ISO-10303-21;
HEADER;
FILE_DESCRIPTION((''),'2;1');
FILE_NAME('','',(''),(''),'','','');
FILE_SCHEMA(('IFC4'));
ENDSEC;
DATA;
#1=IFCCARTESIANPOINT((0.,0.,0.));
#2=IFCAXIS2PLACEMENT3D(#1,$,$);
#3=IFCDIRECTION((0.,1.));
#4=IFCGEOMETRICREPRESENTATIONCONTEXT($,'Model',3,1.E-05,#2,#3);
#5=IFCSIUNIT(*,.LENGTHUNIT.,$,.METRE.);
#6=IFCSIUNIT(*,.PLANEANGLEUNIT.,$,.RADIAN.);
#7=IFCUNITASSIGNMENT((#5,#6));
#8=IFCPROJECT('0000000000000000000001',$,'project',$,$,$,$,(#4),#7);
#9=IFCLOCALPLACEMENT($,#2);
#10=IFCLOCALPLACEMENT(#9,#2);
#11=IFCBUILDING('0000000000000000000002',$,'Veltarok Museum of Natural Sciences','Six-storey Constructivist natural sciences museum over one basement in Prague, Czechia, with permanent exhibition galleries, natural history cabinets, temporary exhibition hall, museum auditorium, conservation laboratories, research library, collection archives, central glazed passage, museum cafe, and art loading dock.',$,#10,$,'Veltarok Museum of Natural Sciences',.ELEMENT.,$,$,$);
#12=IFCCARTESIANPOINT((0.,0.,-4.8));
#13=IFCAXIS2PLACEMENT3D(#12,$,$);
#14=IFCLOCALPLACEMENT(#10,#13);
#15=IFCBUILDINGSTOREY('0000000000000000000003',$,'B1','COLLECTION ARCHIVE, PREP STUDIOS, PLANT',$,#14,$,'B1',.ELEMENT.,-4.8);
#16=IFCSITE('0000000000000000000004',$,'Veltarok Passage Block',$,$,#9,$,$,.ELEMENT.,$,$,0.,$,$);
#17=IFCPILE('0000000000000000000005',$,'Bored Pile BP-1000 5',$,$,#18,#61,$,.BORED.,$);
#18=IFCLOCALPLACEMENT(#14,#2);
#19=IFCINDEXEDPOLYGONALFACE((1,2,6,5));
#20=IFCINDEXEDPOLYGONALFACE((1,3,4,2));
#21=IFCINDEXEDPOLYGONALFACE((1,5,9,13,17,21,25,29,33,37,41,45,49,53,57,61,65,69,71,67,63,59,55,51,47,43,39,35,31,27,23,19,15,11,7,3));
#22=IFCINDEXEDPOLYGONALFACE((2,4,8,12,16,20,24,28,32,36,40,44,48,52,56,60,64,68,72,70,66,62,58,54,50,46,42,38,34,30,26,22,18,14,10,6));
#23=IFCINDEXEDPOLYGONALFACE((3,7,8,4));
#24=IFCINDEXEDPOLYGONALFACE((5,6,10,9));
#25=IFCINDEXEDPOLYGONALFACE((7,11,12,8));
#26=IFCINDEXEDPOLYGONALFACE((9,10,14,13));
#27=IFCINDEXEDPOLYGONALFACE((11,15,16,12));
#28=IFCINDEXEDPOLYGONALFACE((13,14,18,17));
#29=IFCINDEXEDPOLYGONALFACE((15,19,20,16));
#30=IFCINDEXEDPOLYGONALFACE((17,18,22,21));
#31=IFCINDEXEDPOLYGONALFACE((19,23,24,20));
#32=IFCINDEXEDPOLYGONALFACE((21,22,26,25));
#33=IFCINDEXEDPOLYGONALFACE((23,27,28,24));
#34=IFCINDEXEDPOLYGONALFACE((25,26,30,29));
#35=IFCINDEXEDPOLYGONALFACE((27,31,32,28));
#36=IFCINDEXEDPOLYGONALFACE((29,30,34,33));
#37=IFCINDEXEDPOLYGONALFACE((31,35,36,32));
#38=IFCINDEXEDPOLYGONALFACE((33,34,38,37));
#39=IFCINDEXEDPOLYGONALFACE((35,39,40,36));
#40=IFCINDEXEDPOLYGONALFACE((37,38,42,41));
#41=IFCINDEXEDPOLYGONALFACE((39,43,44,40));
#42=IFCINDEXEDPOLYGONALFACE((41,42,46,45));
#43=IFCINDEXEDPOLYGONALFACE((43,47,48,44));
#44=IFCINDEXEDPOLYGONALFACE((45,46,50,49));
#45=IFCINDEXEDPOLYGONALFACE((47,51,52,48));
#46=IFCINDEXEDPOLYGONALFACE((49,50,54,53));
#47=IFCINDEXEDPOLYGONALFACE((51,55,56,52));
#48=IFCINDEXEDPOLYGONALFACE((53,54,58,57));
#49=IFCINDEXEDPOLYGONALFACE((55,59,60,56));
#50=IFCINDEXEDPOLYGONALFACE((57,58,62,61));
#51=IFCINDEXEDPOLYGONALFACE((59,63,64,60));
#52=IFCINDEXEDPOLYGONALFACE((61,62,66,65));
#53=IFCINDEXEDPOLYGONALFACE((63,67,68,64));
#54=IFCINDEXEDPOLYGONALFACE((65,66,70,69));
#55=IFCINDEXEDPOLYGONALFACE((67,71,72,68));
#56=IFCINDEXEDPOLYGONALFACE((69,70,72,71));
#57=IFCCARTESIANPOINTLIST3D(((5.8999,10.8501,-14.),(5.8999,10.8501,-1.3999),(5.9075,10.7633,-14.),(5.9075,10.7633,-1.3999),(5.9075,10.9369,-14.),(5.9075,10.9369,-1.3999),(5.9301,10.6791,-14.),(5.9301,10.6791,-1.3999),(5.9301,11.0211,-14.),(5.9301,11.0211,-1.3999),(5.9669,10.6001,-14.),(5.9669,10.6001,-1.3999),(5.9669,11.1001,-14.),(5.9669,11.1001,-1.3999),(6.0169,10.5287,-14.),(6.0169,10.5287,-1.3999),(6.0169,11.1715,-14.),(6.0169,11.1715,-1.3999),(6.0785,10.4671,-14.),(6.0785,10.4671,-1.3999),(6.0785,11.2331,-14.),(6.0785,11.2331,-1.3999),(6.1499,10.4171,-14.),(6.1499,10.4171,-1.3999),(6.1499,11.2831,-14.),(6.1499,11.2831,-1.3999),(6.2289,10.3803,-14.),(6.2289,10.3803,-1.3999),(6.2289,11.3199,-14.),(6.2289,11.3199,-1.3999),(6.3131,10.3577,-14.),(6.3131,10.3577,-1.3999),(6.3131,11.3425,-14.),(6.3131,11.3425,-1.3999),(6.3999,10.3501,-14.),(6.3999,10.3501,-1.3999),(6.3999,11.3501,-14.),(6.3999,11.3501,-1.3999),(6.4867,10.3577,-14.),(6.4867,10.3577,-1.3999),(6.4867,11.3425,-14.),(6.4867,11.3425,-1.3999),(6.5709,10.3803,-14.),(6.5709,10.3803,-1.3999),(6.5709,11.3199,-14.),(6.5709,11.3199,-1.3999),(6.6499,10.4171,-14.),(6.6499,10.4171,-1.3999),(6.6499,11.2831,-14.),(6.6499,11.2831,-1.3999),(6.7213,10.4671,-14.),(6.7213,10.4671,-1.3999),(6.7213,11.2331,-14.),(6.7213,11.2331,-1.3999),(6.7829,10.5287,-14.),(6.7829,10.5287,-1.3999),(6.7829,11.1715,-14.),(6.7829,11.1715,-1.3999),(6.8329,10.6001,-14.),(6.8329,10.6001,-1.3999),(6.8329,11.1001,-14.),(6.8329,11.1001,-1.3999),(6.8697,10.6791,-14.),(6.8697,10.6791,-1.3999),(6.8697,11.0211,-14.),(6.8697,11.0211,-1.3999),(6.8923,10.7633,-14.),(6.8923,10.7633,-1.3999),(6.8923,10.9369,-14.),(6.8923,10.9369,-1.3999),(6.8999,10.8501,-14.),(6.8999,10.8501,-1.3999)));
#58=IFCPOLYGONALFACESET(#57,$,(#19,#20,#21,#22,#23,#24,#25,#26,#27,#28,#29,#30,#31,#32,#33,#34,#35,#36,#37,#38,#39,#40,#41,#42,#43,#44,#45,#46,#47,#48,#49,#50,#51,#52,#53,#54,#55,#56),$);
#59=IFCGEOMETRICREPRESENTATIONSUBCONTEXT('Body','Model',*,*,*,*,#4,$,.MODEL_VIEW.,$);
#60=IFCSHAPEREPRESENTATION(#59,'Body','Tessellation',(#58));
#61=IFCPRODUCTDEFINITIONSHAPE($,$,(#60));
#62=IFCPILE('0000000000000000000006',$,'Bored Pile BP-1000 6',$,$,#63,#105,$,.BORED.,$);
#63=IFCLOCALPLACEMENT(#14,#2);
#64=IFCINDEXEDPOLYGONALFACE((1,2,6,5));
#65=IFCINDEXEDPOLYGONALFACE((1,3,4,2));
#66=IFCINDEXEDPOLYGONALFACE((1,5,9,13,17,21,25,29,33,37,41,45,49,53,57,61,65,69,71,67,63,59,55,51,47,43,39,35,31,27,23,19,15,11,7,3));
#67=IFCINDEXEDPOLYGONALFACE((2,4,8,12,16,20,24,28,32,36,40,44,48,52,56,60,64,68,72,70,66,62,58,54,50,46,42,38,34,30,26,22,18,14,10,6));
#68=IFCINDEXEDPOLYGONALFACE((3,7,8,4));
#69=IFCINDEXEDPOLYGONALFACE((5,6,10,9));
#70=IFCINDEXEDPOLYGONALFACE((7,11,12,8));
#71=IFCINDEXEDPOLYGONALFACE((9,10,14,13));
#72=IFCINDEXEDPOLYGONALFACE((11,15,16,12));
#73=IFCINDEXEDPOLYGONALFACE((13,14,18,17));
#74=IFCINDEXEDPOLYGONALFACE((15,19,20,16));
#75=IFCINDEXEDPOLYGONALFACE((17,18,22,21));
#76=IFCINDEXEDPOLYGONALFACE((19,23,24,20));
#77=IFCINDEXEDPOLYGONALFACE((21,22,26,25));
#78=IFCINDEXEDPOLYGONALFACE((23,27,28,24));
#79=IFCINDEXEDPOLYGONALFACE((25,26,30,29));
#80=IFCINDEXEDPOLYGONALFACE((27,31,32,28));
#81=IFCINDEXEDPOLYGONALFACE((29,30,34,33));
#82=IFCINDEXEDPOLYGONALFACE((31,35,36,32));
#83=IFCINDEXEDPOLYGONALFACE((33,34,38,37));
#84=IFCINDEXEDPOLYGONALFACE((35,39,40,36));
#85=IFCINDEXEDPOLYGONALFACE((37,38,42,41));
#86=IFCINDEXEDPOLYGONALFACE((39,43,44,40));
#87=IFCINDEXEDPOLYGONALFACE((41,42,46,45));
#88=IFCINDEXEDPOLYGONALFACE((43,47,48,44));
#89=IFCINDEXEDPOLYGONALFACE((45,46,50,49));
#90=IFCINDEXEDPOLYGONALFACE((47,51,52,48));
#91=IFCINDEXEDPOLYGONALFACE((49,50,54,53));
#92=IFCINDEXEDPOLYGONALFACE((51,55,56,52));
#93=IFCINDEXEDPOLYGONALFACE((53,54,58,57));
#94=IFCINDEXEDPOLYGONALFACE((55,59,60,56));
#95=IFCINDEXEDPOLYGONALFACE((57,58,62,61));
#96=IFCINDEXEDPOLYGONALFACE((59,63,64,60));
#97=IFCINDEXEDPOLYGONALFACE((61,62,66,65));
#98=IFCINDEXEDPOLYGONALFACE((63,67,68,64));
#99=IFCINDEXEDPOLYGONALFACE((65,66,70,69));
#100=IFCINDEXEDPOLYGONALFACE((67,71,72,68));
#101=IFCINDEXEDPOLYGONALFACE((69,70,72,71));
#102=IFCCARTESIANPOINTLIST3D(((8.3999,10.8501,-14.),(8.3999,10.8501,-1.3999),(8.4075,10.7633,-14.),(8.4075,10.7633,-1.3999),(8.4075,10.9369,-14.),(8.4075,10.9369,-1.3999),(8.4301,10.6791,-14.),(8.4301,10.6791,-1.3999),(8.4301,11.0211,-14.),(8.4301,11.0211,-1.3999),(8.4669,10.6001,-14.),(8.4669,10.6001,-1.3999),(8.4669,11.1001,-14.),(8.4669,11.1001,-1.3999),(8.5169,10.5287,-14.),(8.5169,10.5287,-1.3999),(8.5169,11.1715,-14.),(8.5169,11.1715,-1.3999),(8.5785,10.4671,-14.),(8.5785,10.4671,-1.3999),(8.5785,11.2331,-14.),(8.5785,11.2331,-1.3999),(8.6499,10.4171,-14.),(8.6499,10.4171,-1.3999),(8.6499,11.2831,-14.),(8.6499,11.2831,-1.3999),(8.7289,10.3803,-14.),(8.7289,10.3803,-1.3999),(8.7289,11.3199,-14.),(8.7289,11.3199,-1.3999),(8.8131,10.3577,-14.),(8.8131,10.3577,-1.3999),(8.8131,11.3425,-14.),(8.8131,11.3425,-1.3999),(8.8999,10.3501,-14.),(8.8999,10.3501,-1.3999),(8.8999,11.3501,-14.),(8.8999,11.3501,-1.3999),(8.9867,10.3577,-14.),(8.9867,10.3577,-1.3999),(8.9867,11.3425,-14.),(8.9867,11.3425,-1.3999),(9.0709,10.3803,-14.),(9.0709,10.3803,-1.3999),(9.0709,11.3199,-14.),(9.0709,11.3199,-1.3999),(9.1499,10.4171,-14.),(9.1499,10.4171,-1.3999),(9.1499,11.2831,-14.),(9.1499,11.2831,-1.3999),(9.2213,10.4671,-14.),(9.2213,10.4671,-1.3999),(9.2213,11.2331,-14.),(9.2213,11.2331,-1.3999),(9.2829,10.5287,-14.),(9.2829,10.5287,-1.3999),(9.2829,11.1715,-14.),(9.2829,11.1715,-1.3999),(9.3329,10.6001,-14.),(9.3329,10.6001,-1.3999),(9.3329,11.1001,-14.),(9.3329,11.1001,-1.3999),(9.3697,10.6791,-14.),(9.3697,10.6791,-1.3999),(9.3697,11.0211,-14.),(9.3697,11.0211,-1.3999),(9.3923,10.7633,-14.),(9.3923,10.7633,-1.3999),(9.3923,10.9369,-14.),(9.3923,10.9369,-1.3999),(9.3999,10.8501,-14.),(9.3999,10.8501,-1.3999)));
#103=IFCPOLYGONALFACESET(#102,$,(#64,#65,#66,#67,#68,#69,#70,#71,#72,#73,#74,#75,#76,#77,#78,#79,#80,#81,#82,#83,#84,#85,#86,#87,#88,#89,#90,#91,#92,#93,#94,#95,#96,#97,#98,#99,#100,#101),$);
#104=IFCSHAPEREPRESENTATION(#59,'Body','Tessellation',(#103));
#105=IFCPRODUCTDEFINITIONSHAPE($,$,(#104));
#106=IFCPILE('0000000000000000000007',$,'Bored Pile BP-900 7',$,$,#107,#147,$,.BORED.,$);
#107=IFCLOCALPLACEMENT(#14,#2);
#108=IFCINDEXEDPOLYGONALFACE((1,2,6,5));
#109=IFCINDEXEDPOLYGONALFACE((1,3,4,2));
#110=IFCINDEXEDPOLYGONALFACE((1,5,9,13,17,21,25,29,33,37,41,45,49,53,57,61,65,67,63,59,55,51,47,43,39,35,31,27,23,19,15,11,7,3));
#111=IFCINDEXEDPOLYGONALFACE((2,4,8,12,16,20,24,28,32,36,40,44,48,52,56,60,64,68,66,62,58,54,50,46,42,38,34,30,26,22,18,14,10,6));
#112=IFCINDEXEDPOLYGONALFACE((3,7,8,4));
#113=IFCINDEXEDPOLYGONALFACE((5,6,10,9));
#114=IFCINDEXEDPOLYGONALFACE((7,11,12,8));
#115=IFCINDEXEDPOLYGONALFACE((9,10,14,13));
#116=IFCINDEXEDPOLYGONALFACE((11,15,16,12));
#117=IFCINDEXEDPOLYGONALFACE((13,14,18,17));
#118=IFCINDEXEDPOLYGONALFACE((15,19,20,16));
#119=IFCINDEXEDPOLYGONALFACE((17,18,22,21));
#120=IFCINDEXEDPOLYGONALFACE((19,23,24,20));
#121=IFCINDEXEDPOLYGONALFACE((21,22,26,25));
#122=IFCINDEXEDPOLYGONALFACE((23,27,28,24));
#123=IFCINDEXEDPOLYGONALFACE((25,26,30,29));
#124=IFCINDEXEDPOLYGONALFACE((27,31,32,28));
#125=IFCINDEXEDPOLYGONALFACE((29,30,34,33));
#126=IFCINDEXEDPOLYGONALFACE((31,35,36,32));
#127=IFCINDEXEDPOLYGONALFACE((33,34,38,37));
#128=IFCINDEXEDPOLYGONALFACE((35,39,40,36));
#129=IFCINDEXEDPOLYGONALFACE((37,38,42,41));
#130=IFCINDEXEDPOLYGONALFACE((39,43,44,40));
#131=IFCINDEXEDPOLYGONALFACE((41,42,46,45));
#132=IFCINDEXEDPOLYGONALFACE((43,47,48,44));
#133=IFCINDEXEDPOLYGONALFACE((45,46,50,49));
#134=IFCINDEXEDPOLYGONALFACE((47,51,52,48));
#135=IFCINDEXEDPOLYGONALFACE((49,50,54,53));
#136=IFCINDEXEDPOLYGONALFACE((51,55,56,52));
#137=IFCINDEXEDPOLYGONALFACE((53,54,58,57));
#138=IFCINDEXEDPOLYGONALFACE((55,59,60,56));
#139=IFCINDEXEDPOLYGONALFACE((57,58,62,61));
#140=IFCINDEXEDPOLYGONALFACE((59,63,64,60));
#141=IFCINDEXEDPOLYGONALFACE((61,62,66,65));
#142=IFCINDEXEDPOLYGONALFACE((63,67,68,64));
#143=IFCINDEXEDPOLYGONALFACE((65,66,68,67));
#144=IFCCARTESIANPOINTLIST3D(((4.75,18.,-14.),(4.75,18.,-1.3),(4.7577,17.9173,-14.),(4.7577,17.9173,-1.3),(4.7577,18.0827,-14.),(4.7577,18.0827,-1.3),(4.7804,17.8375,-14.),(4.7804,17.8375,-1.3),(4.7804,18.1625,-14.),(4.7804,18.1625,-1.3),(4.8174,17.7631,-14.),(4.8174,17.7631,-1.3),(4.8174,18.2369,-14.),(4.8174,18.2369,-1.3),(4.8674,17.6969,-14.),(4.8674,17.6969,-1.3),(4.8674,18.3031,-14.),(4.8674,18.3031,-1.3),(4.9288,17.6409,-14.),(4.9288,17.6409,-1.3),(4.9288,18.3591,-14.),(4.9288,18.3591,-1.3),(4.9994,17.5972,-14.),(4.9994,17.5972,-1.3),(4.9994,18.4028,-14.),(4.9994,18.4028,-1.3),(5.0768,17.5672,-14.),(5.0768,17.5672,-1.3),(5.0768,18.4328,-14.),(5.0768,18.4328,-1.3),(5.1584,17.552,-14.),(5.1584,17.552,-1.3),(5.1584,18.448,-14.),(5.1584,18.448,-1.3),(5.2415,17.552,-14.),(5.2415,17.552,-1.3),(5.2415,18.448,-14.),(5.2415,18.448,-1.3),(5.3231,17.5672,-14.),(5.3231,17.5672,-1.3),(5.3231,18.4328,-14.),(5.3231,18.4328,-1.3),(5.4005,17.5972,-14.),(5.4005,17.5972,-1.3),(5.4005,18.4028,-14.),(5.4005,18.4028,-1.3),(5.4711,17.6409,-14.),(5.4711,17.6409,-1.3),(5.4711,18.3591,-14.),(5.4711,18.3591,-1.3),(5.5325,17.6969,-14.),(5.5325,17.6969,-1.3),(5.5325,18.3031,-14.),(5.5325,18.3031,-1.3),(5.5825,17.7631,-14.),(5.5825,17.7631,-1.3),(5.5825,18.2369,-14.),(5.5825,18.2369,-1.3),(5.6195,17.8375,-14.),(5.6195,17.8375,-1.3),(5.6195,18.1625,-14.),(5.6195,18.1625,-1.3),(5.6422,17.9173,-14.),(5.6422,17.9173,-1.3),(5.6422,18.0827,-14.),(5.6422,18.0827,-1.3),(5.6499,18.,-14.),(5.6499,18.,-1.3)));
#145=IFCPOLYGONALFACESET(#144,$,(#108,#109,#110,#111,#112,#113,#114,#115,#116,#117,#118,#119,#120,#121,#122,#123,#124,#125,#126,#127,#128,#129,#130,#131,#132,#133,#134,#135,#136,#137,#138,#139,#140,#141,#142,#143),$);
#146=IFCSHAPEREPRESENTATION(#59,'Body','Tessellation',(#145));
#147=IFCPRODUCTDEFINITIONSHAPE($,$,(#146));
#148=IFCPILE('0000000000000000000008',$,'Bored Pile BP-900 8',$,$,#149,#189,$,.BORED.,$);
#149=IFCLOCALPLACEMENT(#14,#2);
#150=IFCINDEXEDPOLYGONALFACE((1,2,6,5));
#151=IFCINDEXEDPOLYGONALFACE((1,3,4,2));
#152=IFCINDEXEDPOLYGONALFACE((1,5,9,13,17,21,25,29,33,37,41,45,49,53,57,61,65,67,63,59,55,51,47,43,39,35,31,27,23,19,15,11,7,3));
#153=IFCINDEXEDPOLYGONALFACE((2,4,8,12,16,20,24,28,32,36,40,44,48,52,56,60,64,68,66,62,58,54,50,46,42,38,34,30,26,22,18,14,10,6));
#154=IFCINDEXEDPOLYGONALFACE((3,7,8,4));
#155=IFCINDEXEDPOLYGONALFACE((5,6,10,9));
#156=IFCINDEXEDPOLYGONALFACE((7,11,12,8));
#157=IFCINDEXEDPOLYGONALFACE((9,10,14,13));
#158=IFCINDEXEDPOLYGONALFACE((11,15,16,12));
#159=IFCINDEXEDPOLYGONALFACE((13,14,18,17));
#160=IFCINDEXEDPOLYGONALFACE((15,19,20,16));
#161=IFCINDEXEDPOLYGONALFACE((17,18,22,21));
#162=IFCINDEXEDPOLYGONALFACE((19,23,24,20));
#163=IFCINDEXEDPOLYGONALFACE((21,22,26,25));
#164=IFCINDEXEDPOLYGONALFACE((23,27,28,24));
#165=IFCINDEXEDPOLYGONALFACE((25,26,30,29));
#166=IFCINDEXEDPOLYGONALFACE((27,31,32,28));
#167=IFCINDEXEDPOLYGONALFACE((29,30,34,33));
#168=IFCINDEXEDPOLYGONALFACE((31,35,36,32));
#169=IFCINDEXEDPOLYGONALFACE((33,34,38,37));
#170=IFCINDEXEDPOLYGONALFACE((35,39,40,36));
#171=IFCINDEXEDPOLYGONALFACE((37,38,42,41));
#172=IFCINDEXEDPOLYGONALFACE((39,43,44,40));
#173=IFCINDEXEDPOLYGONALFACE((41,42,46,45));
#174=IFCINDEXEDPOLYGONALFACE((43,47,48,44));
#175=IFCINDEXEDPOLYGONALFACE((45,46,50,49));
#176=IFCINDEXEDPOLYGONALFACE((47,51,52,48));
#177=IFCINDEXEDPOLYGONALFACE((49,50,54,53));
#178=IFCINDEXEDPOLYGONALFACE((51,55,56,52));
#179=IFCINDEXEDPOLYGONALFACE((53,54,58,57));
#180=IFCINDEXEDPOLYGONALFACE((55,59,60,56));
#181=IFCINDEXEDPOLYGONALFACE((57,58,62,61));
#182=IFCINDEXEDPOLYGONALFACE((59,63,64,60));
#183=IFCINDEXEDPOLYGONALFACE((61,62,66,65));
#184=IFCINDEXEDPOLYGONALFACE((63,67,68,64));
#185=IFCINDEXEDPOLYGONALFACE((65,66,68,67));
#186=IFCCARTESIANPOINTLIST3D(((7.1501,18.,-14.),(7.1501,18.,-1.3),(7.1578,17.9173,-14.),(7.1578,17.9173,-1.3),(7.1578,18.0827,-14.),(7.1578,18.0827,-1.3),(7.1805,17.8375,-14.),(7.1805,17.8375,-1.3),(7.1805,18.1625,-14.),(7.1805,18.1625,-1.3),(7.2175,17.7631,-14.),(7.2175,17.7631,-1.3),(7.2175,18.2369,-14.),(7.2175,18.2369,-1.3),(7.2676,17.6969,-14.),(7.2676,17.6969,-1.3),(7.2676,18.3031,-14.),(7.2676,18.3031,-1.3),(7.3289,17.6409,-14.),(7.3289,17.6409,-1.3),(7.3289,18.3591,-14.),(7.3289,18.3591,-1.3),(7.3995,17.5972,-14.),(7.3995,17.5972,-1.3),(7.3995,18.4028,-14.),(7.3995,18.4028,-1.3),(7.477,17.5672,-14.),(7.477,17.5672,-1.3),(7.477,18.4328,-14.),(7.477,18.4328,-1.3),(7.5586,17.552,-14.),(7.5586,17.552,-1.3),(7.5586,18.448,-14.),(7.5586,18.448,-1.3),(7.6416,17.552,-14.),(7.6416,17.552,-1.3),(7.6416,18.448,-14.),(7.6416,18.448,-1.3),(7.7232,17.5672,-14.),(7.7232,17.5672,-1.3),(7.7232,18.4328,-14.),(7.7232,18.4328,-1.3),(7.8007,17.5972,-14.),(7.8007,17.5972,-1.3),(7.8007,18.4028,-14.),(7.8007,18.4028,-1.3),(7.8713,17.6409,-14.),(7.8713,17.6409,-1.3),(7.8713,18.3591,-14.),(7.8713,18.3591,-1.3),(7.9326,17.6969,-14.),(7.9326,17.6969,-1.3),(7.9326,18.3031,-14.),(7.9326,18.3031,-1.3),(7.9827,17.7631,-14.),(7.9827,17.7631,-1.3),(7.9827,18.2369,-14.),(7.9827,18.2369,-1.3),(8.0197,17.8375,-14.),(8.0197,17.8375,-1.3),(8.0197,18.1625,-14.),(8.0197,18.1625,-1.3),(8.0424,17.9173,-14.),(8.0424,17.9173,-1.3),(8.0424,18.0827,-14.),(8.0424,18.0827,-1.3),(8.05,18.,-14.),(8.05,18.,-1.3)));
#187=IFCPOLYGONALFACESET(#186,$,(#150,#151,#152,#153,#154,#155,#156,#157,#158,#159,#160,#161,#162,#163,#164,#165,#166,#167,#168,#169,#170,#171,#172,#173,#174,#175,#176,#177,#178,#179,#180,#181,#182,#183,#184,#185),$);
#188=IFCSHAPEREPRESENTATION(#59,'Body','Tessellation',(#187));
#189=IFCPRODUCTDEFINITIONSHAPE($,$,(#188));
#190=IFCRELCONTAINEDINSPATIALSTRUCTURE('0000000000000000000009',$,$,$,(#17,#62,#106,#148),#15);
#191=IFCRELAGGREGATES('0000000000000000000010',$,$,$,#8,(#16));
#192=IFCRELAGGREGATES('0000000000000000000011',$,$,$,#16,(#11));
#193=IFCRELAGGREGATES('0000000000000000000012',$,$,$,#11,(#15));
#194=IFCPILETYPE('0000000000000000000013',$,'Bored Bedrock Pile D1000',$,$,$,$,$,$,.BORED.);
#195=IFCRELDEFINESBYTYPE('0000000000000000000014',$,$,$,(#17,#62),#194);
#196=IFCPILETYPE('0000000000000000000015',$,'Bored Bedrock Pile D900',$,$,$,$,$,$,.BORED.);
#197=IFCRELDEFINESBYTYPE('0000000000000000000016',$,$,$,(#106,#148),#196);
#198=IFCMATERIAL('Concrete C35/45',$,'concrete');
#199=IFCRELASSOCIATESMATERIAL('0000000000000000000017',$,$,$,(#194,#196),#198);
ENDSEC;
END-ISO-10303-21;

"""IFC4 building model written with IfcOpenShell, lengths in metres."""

from ifc_helpers import new_model, si_unit, direction, frame, origin, origin_2d, place, context, subcontext, project, spatial, circle, extrude, material, material_profile, profile_set, type_object, element, save


model = new_model("IFC4")

# Units and contexts
model_context = context("Model", 3, precision=1e-05, world=origin(), true_north=direction((0.0, 1.0)))
body_context = subcontext(model_context, "Body", "Model", "MODEL_VIEW")
ifc_project = project(units=[si_unit("LENGTHUNIT", "METRE"), si_unit("PLANEANGLEUNIT", "RADIAN")], contexts=[model_context])

# Site, building, storey
site_placement = place(None, origin())
site = spatial("IfcSite", under=ifc_project, at=site_placement, Name="Veltarok Passage Block", CompositionType="ELEMENT", RefElevation=0.0)
building_placement = place(site_placement, origin())
building = spatial("IfcBuilding", under=site, at=building_placement, Name="Veltarok Museum of Natural Sciences", Description="Six-storey Constructivist natural sciences museum over one basement in Prague, Czechia, with permanent exhibition galleries, natural history cabinets, temporary exhibition hall, museum auditorium, conservation laboratories, research library, collection archives, central glazed passage, museum cafe, and art loading dock.", LongName="Veltarok Museum of Natural Sciences", CompositionType="ELEMENT")
storey_placement = place(building_placement, frame((0.0, 0.0, -4.8)))
storey = spatial("IfcBuildingStorey", under=building, at=storey_placement, Name="B1", Description="COLLECTION ARCHIVE, PREP STUDIOS, PLANT", LongName="B1", CompositionType="ELEMENT", Elevation=-4.8)

# Piles
ifc_material_1 = material(Name="Concrete C35/45", Category="concrete")
ifc_material_profile_1 = material_profile(ifc_material_1, circle(Radius=0.5, at=origin_2d()), Name="BP D1000")
ifc_profile_set_1 = profile_set([ifc_material_profile_1], Name="Concrete C35/45")
pile_type_1 = type_object("IfcPileType", Name="Bored Bedrock Pile D1000", PredefinedType="BORED", material=ifc_profile_set_1)
for number, where, z_axis, x_axis, name in (
    (1, (6.3999, 10.8501, -1.3999), (0.0, 0.0, -1.0), (1.0, 0.0, 0.0), "Bored Pile BP-1000 5"),
    (2, (8.8999, 10.8501, -1.3999), (0.0, 0.0, -1.0), (1.0, 0.0, 0.0), "Bored Pile BP-1000 6"),
):
    element("IfcPile", number, at=place(storey_placement, frame(where, z_axis=z_axis, x_axis=x_axis)), inside=storey, type_object=pile_type_1, Name=name, PredefinedType="BORED", context=body_context, shape_type="SweptSolid", body=[
        extrude(circle(Radius=0.5, at=origin_2d()), origin(), (0.0, 0.0, 1.0), 12.6001),
    ])
ifc_material_profile_2 = material_profile(ifc_material_1, circle(Radius=0.45, at=origin_2d()), Name="BP D900")
ifc_profile_set_2 = profile_set([ifc_material_profile_2], Name="Concrete C35/45")
pile_type_2 = type_object("IfcPileType", Name="Bored Bedrock Pile D900", PredefinedType="BORED", material=ifc_profile_set_2)
for number, where, z_axis, x_axis, name in (
    (3, (5.2, 18.0, -1.3), (0.0, 0.0, -1.0), (1.0, 0.0, 0.0), "Bored Pile BP-900 7"),
    (4, (7.6001, 18.0, -1.3), (0.0, 0.0, -1.0), (1.0, 0.0, 0.0), "Bored Pile BP-900 8"),
):
    element("IfcPile", number, at=place(storey_placement, frame(where, z_axis=z_axis, x_axis=x_axis)), inside=storey, type_object=pile_type_2, Name=name, PredefinedType="BORED", context=body_context, shape_type="SweptSolid", body=[
        extrude(circle(Radius=0.45, at=origin_2d()), origin(), (0.0, 0.0, 1.0), 12.7),
    ])

save(model, "model.ifc")
